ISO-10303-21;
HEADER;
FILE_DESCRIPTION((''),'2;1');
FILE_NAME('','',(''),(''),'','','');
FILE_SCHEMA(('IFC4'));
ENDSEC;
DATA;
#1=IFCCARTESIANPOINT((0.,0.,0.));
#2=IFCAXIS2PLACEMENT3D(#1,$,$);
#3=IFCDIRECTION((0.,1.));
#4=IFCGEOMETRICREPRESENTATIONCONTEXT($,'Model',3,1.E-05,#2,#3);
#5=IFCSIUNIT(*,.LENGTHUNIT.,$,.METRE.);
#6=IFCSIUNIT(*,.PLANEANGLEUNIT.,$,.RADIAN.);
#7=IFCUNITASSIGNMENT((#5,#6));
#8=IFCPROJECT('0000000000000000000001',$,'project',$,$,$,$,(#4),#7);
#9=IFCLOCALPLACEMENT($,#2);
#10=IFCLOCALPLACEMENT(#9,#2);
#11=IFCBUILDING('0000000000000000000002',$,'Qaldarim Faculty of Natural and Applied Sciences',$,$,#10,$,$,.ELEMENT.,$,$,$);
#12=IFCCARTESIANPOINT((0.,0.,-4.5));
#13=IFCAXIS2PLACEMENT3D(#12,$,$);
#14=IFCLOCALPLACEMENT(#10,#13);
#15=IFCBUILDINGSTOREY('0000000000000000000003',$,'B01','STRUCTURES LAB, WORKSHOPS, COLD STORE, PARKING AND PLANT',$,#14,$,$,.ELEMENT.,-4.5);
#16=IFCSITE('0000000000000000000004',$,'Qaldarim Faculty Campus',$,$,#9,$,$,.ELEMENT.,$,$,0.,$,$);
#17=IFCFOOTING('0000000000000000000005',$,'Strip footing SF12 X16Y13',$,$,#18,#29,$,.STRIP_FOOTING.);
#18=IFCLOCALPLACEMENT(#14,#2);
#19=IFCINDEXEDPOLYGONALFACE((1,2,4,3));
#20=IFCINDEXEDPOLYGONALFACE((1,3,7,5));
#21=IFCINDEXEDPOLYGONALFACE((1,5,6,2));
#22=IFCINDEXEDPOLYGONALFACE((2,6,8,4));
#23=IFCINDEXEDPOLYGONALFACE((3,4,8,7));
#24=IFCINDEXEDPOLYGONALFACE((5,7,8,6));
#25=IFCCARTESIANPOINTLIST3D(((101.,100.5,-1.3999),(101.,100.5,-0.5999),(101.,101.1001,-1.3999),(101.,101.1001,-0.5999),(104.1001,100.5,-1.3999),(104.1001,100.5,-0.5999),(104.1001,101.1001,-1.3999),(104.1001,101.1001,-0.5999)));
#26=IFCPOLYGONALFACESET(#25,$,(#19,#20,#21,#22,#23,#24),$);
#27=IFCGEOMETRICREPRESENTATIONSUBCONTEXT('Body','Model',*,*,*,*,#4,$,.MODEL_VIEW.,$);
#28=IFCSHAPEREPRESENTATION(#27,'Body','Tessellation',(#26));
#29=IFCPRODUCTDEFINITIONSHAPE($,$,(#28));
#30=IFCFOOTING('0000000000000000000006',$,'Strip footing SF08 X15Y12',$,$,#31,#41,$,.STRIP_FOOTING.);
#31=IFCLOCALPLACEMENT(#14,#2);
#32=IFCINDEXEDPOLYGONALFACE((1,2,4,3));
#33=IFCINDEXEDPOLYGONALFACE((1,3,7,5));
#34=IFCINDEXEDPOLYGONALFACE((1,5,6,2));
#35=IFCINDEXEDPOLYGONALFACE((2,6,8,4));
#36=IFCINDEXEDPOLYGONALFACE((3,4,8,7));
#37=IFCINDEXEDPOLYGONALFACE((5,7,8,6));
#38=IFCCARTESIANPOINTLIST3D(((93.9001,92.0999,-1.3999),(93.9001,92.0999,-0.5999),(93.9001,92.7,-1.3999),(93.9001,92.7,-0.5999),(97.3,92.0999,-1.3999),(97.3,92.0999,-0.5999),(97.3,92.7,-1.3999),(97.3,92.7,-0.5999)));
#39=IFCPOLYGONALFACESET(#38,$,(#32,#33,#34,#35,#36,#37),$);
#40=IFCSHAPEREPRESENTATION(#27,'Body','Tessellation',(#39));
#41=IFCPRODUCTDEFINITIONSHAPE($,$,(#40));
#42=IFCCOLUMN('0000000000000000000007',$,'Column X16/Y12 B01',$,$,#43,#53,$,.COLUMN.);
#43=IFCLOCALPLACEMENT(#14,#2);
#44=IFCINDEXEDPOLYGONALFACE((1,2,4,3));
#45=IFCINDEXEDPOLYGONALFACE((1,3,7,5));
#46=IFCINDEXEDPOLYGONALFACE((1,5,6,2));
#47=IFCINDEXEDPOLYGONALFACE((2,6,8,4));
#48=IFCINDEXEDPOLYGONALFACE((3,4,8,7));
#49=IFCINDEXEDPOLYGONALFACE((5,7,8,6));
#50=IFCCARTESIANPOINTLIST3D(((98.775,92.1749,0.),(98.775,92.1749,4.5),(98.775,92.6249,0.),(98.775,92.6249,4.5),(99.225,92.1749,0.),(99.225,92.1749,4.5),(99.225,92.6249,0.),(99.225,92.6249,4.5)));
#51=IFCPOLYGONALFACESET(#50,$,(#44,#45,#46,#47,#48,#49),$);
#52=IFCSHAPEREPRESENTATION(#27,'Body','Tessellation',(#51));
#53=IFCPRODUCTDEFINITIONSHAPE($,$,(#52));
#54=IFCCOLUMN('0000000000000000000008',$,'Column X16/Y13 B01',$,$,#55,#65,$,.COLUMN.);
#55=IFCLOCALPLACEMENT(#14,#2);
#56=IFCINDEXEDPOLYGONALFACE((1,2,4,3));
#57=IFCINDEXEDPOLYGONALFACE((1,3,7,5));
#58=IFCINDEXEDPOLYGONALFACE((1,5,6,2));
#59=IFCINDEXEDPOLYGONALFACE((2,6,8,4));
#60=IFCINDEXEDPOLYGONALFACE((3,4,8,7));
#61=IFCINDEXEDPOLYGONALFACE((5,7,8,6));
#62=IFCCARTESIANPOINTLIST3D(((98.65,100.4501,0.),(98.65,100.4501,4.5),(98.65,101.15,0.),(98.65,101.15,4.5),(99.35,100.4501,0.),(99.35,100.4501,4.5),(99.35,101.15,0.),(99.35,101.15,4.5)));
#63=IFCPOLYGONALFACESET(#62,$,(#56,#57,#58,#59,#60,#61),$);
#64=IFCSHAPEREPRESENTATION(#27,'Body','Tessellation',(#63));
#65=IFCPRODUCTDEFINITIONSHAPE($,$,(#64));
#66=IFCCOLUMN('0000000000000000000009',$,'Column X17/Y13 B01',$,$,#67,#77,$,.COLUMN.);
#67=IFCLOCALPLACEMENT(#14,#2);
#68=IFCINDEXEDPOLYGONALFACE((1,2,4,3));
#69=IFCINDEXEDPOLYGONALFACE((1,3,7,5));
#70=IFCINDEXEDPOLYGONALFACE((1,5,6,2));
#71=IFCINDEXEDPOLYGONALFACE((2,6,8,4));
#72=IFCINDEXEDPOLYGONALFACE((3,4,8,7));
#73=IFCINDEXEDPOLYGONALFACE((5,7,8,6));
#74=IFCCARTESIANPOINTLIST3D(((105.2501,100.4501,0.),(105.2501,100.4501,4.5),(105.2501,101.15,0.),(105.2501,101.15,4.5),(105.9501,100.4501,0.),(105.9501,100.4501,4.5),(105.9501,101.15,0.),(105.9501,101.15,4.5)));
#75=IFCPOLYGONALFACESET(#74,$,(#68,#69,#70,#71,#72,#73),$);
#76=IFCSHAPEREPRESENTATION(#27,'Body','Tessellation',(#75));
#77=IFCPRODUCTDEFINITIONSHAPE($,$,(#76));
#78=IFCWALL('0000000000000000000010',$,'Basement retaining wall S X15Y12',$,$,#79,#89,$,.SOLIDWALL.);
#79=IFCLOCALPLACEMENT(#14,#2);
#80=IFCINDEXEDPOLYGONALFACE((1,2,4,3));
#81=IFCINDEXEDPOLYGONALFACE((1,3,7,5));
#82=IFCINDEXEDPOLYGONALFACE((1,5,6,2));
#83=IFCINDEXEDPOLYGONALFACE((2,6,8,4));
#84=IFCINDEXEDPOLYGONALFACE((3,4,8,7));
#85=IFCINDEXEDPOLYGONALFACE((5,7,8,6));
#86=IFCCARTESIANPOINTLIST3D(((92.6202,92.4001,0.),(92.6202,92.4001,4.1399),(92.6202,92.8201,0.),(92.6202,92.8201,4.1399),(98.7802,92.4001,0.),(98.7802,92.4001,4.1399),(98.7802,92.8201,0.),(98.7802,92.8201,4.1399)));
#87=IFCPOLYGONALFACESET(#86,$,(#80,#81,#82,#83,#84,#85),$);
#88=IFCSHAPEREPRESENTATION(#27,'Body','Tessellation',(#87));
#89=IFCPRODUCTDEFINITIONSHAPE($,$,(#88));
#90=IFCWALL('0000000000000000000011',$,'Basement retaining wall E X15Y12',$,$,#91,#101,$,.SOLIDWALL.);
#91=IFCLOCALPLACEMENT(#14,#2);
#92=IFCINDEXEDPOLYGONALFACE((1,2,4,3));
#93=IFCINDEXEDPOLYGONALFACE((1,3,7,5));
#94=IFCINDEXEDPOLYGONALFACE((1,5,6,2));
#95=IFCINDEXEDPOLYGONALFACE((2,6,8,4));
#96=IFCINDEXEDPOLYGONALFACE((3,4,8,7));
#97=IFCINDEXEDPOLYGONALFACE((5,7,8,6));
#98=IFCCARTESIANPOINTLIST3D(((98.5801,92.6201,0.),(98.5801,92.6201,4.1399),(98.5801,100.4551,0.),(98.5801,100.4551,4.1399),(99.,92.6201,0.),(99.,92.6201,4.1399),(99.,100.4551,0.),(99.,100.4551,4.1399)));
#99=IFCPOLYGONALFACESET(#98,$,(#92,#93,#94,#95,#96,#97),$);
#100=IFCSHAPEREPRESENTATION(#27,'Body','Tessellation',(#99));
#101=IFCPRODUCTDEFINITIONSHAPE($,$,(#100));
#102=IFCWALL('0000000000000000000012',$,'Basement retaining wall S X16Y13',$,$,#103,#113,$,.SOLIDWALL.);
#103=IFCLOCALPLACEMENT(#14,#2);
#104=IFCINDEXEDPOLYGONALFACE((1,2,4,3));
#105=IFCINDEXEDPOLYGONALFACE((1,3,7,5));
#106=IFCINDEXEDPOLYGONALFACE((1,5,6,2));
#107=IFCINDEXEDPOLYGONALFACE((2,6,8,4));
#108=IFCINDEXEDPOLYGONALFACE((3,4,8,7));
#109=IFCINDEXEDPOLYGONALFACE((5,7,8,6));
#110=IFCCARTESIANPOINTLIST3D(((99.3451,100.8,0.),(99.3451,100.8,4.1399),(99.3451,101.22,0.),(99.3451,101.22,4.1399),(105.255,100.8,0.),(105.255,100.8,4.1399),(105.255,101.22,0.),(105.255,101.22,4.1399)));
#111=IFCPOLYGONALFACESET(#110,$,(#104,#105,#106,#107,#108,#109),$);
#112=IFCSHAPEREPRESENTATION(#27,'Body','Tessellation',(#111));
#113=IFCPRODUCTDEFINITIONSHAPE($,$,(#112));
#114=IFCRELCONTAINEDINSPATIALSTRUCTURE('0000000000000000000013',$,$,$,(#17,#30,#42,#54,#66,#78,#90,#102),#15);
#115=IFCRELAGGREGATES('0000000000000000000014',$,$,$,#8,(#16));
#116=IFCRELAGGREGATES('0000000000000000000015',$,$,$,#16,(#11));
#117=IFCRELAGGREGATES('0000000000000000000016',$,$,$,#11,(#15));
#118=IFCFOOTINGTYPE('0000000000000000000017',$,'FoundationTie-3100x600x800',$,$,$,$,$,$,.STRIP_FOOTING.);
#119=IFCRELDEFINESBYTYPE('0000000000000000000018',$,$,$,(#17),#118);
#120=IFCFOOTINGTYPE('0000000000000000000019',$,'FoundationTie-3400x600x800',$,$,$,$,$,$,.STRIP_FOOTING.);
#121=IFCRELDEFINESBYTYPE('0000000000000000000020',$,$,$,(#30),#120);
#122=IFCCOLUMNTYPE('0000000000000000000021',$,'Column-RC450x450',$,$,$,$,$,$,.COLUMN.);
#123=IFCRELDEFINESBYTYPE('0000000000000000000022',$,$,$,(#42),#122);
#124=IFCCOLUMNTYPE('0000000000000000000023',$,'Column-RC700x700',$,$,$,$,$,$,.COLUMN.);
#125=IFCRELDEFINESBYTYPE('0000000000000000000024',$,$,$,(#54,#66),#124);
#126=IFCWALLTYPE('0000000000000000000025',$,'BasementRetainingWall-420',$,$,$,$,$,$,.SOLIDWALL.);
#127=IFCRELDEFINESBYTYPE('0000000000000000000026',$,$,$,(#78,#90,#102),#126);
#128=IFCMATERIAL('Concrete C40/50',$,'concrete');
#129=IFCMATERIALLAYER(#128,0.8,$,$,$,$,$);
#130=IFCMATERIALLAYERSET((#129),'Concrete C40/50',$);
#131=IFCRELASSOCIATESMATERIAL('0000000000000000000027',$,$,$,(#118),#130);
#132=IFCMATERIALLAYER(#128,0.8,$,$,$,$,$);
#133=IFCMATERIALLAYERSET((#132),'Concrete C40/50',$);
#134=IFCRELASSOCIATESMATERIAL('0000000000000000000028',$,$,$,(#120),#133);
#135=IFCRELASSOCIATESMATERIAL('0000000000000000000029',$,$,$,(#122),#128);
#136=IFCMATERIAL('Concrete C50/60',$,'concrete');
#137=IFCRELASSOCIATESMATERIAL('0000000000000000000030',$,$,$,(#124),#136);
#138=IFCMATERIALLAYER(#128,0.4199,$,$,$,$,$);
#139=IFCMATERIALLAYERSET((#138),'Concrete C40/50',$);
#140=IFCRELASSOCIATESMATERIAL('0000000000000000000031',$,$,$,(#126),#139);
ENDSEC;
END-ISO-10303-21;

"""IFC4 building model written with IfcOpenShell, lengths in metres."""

from ifc_helpers import new_model, si_unit, direction, frame, frame_2d, origin, origin_2d, place, context, subcontext, project, spatial, rectangle, extrude, material, layer, layer_set, material_profile, profile_set, type_object, element, save


model = new_model("IFC4")

# Units and contexts
model_context = context("Model", 3, precision=1e-05, world=origin(), true_north=direction((0.0, 1.0)))
body_context = subcontext(model_context, "Body", "Model", "MODEL_VIEW")
ifc_project = project(units=[si_unit("LENGTHUNIT", "METRE"), si_unit("PLANEANGLEUNIT", "RADIAN")], contexts=[model_context])

# Site, building, storey
site_placement = place(None, origin())
site = spatial("IfcSite", under=ifc_project, at=site_placement, Name="Qaldarim Faculty Campus", CompositionType="ELEMENT", RefElevation=0.0)
building_placement = place(site_placement, origin())
building = spatial("IfcBuilding", under=site, at=building_placement, Name="Qaldarim Faculty of Natural and Applied Sciences", CompositionType="ELEMENT")
storey_placement = place(building_placement, frame((0.0, 0.0, -4.5)))
storey = spatial("IfcBuildingStorey", under=building, at=storey_placement, Name="B01", Description="STRUCTURES LAB, WORKSHOPS, COLD STORE, PARKING AND PLANT", CompositionType="ELEMENT", Elevation=-4.5)

# Shared definitions
ifc_material_1 = material(Name="Concrete C40/50", Category="concrete")

# Footings
ifc_layer_1 = layer(ifc_material_1, 0.8)
ifc_layer_set_1 = layer_set([ifc_layer_1], Name="Concrete C40/50")
footing_type_1 = type_object("IfcFootingType", Name="FoundationTie-3100x600x800", PredefinedType="STRIP_FOOTING", material=ifc_layer_set_1)
footing_1_placement = place(storey_placement, frame((102.55, 100.8, -1.3999), z_axis=(0.0, 0.0, 1.0), x_axis=(1.0, 0.0, 0.0)))
element("IfcFooting", 1, at=footing_1_placement, inside=storey, type_object=footing_type_1, Name="Strip footing SF12 X16Y13", PredefinedType="STRIP_FOOTING", context=body_context, shape_type="SweptSolid", body=[
    extrude(rectangle(XDim=3.1001, YDim=0.6001, at=origin_2d()), origin(), (0.0, 0.0, 1.0), 0.8),
])
ifc_layer_2 = layer(ifc_material_1, 0.8)
ifc_layer_set_2 = layer_set([ifc_layer_2], Name="Concrete C40/50")
footing_type_2 = type_object("IfcFootingType", Name="FoundationTie-3400x600x800", PredefinedType="STRIP_FOOTING", material=ifc_layer_set_2)
footing_2_placement = place(storey_placement, frame((95.6001, 92.3999, -1.3999), z_axis=(0.0, 0.0, 1.0), x_axis=(1.0, 0.0, 0.0)))
element("IfcFooting", 2, at=footing_2_placement, inside=storey, type_object=footing_type_2, Name="Strip footing SF08 X15Y12", PredefinedType="STRIP_FOOTING", context=body_context, shape_type="SweptSolid", body=[
    extrude(rectangle(XDim=3.3999, YDim=0.6001, at=origin_2d()), origin(), (0.0, 0.0, 1.0), 0.8),
])

# Columns
ifc_material_profile_1 = material_profile(ifc_material_1, rectangle(XDim=0.45, YDim=0.45, at=origin_2d()), Name="RC-C450x450")
ifc_profile_set_1 = profile_set([ifc_material_profile_1], Name="Concrete C40/50")
column_type_1 = type_object("IfcColumnType", Name="Column-RC450x450", PredefinedType="COLUMN", material=ifc_profile_set_1)
column_placement = place(storey_placement, frame((99.0, 92.3999, 0.0), z_axis=(0.0, 0.0, 1.0), x_axis=(1.0, 0.0, 0.0)))
element("IfcColumn", 3, at=column_placement, inside=storey, type_object=column_type_1, Name="Column X16/Y12 B01", PredefinedType="COLUMN", context=body_context, shape_type="SweptSolid", body=[
    extrude(rectangle(XDim=0.45, YDim=0.45, at=origin_2d()), origin(), (0.0, 0.0, 1.0), 4.5),
])
ifc_material_2 = material(Name="Concrete C50/60", Category="concrete")
ifc_material_profile_2 = material_profile(ifc_material_2, rectangle(XDim=0.7, YDim=0.7, at=origin_2d()), Name="RC-C700x700")
ifc_profile_set_2 = profile_set([ifc_material_profile_2], Name="Concrete C50/60")
column_type_2 = type_object("IfcColumnType", Name="Column-RC700x700", PredefinedType="COLUMN", material=ifc_profile_set_2)
for number, where, z_axis, x_axis, name in (
    (4, (99.0, 100.8, 0.0), (0.0, 0.0, 1.0), (1.0, 0.0, 0.0), "Column X16/Y13 B01"),
    (5, (105.6001, 100.8, 0.0), (0.0, 0.0, 1.0), (1.0, 0.0, 0.0), "Column X17/Y13 B01"),
):
    element("IfcColumn", number, at=place(storey_placement, frame(where, z_axis=z_axis, x_axis=x_axis)), inside=storey, type_object=column_type_2, Name=name, PredefinedType="COLUMN", context=body_context, shape_type="SweptSolid", body=[
        extrude(rectangle(XDim=0.7, YDim=0.7, at=origin_2d()), origin(), (0.0, 0.0, 1.0), 4.5),
    ])

# Walls
ifc_layer_3 = layer(ifc_material_1, 0.4199)
ifc_layer_set_3 = layer_set([ifc_layer_3], Name="Concrete C40/50")
wall_type = type_object("IfcWallType", Name="BasementRetainingWall-420", PredefinedType="SOLIDWALL", material=ifc_layer_set_3)
wall_1_placement = place(storey_placement, frame((92.6201, 92.6101, 0.0), z_axis=(0.0, 0.0, 1.0), x_axis=(1.0, 0.0, 0.0)))
element("IfcWall", 6, at=wall_1_placement, inside=storey, type_object=wall_type, Name="Basement retaining wall S X15Y12", PredefinedType="SOLIDWALL", context=body_context, shape_type="SweptSolid", body=[
    extrude(rectangle(XDim=6.1599, YDim=0.4199, at=frame_2d((3.0801, 0.0))), origin(), (0.0, 0.0, 1.0), 4.1399),
])
wall_2_placement = place(storey_placement, frame((98.79, 92.6201, 0.0), z_axis=(0.0, 0.0, 1.0), x_axis=(0.0, 1.0, 0.0)))
element("IfcWall", 7, at=wall_2_placement, inside=storey, type_object=wall_type, Name="Basement retaining wall E X15Y12", PredefinedType="SOLIDWALL", context=body_context, shape_type="SweptSolid", body=[
    extrude(rectangle(XDim=7.835, YDim=0.4199, at=frame_2d((3.9175, 0.0))), origin(), (0.0, 0.0, 1.0), 4.1399),
])
wall_3_placement = place(storey_placement, frame((99.345, 101.01, 0.0), z_axis=(0.0, 0.0, 1.0), x_axis=(1.0, 0.0, 0.0)))
element("IfcWall", 8, at=wall_3_placement, inside=storey, type_object=wall_type, Name="Basement retaining wall S X16Y13", PredefinedType="SOLIDWALL", context=body_context, shape_type="SweptSolid", body=[
    extrude(rectangle(XDim=5.9099, YDim=0.4199, at=frame_2d((2.9551, 0.0))), origin(), (0.0, 0.0, 1.0), 4.1399),
])

save(model, "model.ifc")
